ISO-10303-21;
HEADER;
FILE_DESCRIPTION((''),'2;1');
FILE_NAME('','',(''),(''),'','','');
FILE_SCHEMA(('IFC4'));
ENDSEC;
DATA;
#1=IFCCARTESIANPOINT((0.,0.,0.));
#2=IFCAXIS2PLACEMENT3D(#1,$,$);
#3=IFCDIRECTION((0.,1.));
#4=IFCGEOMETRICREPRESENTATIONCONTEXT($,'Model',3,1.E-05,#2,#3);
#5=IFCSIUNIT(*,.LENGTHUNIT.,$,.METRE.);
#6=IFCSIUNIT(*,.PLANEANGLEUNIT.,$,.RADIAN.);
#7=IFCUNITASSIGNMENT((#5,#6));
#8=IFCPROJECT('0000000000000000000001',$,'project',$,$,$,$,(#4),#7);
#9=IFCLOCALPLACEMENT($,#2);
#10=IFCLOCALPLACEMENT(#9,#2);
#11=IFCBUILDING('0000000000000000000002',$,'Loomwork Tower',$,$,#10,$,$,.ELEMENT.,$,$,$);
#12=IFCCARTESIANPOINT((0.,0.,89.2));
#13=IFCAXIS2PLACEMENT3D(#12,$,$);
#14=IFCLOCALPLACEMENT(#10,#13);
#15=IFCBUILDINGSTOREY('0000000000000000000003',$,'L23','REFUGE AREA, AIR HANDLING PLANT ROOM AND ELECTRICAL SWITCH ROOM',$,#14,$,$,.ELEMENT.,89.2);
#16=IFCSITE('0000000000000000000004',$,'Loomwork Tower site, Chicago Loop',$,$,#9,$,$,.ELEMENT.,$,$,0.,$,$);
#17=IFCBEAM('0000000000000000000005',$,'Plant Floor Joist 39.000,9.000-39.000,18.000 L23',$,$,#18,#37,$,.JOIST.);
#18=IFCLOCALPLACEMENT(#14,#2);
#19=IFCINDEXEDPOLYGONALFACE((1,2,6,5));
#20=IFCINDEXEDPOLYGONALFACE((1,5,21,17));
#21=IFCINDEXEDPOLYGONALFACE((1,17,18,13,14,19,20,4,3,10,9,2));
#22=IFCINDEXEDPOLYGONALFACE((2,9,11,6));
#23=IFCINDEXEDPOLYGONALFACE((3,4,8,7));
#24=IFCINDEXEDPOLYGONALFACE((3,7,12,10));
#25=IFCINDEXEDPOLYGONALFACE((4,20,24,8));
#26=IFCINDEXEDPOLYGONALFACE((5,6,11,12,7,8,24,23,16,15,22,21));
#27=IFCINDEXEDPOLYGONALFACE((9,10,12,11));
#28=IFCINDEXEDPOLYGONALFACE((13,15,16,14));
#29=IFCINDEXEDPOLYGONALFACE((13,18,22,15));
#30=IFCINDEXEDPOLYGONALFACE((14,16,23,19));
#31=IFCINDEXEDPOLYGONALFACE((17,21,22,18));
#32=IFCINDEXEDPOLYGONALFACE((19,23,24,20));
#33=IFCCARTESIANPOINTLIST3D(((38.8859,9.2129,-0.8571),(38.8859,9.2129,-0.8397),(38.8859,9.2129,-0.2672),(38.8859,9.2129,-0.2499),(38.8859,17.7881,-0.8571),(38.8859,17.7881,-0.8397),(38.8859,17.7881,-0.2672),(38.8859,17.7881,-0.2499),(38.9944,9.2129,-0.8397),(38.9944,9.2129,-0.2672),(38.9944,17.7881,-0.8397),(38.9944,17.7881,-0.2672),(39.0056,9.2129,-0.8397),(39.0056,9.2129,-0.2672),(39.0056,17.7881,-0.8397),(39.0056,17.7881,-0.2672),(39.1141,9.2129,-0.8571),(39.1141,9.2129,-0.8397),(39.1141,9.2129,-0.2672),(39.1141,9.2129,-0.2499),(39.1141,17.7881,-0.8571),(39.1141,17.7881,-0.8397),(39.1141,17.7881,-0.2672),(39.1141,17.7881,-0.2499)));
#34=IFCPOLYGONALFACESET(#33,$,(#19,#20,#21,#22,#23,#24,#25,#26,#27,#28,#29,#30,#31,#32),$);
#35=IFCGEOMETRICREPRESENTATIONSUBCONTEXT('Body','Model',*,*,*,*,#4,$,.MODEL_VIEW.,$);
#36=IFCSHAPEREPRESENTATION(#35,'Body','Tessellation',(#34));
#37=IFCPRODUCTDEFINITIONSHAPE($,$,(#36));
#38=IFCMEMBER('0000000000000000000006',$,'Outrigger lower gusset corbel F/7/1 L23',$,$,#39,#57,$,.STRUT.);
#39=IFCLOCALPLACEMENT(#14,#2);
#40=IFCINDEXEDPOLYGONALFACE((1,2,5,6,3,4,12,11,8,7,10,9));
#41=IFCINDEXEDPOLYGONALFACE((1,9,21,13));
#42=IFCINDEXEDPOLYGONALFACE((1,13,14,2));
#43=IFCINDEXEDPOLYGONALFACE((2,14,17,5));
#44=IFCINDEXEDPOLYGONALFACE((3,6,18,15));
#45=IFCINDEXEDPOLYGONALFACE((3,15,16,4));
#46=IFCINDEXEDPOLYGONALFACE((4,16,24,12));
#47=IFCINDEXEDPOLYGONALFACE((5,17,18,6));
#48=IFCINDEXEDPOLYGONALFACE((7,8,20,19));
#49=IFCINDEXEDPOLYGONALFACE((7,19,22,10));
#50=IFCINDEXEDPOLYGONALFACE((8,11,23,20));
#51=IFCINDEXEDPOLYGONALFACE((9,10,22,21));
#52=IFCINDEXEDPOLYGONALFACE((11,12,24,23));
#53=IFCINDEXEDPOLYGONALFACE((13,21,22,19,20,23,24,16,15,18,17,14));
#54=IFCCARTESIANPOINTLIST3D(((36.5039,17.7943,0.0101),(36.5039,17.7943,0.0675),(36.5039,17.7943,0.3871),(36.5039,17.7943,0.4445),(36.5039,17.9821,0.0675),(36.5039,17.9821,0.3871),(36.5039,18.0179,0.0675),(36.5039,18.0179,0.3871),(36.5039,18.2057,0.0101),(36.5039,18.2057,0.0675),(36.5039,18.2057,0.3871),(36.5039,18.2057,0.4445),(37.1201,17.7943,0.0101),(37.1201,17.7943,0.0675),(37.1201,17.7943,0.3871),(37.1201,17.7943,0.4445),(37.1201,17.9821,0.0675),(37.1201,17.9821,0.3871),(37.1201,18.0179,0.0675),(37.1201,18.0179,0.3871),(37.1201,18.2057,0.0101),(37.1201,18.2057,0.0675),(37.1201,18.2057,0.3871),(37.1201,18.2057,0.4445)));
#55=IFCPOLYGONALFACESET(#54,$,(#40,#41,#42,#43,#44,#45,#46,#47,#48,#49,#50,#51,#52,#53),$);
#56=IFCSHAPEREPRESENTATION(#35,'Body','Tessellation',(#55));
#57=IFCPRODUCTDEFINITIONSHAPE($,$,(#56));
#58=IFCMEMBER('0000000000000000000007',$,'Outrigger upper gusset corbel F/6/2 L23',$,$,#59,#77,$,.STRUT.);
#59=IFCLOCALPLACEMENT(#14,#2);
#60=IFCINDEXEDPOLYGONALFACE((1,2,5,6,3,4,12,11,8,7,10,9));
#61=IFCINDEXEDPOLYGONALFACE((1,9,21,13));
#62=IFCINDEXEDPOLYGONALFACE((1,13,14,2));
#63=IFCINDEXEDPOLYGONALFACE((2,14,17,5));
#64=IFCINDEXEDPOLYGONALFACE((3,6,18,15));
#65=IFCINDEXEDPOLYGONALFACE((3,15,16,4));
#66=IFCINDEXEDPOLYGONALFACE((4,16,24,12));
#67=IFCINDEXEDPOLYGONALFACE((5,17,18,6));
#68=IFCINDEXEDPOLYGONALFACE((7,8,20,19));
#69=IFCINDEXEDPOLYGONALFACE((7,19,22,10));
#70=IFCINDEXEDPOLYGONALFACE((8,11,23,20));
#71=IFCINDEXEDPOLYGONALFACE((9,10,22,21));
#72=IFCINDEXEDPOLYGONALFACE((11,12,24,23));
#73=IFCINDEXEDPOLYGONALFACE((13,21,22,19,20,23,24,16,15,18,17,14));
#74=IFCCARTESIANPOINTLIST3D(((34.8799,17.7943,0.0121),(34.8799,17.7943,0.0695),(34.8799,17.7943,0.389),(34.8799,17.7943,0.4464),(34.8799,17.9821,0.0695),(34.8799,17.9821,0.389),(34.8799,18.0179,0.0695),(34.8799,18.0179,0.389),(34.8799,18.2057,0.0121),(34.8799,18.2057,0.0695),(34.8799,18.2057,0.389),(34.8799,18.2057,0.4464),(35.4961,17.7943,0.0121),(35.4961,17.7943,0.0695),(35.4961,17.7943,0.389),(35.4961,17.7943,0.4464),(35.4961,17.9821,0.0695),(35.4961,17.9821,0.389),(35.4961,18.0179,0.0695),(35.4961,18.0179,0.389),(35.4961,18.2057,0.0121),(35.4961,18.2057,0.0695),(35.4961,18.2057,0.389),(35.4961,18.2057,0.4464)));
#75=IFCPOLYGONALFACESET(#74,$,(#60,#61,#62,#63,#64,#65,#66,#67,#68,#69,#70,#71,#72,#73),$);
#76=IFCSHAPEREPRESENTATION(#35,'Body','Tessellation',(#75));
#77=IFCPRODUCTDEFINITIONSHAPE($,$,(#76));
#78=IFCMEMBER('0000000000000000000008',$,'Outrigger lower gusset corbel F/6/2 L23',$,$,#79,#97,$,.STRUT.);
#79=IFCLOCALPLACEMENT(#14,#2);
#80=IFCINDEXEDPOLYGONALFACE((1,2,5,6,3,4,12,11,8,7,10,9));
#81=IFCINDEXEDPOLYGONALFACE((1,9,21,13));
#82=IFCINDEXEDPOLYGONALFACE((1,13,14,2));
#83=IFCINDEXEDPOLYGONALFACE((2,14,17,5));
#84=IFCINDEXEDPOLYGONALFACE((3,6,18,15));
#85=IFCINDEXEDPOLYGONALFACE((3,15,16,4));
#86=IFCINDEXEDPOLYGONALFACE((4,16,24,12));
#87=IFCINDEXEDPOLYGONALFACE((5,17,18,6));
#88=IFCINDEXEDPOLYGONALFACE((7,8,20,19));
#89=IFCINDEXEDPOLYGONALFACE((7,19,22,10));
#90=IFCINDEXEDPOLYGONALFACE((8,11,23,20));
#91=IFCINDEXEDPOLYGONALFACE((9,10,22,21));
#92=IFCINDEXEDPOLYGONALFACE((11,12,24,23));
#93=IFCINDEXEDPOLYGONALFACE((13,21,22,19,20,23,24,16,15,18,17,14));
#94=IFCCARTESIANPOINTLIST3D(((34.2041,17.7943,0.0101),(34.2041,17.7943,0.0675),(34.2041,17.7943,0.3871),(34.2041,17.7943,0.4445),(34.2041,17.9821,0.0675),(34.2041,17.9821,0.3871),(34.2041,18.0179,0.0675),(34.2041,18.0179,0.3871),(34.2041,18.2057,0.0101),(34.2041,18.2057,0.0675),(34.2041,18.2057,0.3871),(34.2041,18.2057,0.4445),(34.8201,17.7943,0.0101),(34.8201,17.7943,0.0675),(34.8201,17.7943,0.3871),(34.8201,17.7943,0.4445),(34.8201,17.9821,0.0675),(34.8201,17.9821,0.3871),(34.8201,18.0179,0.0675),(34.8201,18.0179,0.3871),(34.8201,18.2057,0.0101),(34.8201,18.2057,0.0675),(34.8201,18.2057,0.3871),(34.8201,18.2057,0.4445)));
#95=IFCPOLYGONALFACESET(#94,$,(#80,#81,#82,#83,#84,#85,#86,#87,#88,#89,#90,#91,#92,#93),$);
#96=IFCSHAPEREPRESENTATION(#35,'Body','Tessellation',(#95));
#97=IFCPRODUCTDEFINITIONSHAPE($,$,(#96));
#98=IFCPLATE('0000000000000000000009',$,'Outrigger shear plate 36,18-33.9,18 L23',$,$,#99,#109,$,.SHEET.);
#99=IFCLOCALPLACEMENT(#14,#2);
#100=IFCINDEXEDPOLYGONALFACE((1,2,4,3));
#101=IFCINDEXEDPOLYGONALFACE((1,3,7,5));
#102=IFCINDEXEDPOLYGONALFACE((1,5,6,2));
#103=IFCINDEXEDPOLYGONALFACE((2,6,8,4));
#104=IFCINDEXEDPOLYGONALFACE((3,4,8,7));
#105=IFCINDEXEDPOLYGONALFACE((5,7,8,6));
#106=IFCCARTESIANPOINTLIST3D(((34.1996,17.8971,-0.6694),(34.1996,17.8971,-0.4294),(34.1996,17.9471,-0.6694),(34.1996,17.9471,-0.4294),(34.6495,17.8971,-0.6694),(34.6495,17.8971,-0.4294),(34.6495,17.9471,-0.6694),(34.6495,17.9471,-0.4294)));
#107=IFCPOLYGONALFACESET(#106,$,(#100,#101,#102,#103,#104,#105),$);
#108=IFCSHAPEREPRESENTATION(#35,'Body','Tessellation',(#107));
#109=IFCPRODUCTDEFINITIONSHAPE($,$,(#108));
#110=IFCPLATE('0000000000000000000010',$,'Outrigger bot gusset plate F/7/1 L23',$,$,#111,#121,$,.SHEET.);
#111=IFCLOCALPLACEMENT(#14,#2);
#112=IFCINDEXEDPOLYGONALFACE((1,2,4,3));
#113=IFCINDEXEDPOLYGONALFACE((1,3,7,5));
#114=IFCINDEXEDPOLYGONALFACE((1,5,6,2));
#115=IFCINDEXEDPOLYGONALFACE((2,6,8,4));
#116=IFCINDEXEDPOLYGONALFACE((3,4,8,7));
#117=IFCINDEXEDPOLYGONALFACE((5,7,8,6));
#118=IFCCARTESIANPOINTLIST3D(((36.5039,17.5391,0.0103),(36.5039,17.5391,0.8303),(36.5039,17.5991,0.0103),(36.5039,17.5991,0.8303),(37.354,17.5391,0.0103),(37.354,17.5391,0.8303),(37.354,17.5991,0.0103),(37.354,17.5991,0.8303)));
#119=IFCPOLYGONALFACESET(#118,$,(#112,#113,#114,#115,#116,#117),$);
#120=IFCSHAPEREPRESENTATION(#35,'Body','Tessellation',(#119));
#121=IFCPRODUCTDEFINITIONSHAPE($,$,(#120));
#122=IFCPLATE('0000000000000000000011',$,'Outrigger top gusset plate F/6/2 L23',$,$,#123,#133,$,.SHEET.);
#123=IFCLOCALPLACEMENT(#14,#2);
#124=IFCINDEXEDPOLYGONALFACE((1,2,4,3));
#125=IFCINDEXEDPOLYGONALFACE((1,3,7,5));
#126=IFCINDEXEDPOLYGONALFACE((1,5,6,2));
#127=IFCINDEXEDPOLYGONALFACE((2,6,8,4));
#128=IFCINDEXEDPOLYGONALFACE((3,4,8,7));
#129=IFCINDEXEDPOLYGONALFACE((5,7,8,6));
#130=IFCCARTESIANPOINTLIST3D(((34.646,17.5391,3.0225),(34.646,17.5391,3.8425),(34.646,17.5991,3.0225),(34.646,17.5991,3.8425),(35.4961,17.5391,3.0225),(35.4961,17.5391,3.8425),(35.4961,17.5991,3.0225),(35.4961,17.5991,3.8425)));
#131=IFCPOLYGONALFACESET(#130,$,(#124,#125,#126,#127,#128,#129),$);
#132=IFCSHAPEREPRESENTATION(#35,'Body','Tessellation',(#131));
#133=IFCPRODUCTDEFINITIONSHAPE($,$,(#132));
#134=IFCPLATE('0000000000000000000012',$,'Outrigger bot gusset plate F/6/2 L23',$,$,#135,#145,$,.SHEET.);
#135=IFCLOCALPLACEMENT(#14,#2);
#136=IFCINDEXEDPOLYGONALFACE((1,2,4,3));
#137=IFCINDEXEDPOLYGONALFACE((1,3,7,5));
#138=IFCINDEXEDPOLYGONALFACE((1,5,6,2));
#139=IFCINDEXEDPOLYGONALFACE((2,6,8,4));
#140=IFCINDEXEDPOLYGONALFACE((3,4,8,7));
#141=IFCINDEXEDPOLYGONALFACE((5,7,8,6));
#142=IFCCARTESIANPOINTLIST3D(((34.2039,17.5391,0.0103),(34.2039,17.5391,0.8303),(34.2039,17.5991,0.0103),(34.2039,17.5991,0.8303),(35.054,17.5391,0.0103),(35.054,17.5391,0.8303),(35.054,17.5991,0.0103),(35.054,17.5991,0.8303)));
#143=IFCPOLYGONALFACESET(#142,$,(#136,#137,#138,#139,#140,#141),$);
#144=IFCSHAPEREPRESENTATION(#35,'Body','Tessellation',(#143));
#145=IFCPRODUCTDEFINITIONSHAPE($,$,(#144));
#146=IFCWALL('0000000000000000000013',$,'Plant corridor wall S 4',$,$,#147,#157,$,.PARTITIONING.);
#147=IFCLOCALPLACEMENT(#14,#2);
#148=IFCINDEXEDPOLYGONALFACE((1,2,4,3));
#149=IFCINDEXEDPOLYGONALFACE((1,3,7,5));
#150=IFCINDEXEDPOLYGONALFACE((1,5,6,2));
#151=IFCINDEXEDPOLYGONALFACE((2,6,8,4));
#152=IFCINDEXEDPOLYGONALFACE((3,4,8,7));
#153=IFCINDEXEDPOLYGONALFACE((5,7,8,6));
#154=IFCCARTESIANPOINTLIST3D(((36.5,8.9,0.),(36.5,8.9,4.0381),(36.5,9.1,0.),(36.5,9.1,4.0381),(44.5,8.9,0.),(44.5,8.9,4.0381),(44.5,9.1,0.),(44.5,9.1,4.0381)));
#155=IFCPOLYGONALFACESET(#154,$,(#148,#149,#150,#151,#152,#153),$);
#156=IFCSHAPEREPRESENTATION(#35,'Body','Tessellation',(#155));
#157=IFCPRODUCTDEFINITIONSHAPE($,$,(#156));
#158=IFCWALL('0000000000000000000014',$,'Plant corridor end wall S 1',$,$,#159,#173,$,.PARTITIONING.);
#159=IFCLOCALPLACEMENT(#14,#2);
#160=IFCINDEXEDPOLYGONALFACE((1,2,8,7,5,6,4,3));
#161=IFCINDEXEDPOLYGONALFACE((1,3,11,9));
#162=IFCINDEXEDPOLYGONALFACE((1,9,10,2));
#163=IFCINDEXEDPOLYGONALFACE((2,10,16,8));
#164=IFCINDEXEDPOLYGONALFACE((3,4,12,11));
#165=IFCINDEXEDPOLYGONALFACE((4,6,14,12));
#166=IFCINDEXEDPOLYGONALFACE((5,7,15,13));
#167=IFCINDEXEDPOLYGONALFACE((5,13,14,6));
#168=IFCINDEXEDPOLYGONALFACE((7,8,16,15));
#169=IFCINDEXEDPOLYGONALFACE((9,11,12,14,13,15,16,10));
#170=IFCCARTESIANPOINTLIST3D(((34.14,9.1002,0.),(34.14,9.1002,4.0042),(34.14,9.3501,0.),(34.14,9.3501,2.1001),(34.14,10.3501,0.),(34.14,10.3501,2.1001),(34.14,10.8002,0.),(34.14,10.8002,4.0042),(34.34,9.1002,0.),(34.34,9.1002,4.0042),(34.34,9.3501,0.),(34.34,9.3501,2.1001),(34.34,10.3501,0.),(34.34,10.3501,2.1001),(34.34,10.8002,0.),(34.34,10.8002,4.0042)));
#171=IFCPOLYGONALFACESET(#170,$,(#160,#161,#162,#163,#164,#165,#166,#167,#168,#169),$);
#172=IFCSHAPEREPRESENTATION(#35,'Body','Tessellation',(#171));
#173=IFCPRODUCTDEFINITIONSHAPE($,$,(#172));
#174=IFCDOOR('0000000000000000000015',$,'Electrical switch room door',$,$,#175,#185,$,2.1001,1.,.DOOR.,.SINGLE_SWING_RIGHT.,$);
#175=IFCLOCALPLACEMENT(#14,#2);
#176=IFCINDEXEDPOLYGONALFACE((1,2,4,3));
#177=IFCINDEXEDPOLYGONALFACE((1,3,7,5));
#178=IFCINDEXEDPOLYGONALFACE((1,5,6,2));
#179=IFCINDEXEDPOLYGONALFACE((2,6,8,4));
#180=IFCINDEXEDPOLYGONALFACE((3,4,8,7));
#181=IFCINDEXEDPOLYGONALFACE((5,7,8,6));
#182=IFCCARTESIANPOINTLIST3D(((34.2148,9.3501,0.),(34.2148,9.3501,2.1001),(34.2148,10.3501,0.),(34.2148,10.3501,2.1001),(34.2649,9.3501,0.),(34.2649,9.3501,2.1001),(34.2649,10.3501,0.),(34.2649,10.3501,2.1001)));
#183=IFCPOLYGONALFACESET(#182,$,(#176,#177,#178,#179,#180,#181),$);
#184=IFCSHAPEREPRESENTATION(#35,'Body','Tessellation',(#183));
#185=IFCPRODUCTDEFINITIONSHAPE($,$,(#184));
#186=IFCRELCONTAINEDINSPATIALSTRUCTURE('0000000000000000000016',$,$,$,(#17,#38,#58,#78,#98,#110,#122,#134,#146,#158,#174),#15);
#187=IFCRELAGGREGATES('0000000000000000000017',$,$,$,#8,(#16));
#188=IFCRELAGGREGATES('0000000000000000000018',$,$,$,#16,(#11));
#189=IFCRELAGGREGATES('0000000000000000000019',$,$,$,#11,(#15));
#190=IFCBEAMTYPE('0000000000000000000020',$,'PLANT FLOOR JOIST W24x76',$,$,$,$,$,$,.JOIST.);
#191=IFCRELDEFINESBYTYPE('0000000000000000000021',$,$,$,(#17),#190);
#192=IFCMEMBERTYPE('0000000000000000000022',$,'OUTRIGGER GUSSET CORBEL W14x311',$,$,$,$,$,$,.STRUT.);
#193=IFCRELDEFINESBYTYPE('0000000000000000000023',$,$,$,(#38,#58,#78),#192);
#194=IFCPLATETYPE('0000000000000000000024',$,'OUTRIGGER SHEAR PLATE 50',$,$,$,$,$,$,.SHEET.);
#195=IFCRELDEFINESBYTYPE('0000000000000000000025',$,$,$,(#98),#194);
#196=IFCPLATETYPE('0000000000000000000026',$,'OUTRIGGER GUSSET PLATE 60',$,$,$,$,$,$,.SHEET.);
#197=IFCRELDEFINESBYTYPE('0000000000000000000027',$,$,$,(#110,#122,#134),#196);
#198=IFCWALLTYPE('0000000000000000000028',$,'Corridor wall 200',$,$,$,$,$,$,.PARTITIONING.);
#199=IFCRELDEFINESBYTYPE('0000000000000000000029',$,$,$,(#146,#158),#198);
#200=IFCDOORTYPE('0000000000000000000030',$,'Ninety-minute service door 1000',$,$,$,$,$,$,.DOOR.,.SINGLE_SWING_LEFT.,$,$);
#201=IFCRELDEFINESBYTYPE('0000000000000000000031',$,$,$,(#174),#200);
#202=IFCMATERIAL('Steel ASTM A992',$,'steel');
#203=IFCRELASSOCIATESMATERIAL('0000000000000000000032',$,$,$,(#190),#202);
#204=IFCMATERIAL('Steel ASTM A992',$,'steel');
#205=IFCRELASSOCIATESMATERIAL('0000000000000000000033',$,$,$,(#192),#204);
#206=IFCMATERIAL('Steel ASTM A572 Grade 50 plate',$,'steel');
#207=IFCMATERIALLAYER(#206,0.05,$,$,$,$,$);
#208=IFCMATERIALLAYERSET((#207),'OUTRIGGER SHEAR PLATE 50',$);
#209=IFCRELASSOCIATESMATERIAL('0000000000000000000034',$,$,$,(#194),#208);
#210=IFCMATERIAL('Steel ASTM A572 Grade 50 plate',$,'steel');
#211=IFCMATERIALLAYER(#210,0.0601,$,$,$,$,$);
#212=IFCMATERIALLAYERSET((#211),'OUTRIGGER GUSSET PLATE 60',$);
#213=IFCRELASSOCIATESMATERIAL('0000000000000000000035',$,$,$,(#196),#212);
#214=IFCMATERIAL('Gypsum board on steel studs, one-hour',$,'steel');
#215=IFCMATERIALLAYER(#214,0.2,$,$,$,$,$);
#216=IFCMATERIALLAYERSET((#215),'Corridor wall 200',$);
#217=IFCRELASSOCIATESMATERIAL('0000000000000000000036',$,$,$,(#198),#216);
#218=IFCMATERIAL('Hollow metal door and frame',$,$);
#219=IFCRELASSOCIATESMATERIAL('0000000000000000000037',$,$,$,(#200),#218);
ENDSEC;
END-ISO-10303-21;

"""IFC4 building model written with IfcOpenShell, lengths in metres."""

from ifc_helpers import new_model, si_unit, direction, frame, frame_2d, origin, origin_2d, place, context, subcontext, project, spatial, rectangle, i_section, extrude, material, layer, layer_set, material_profile, profile_set, type_object, element, fill, save


model = new_model("IFC4")

# Units and contexts
model_context = context("Model", 3, precision=1e-05, world=origin(), true_north=direction((0.0, 1.0)))
body_context = subcontext(model_context, "Body", "Model", "MODEL_VIEW")
ifc_project = project(units=[si_unit("LENGTHUNIT", "METRE"), si_unit("PLANEANGLEUNIT", "RADIAN")], contexts=[model_context])

# Site, building, storey
site_placement = place(None, origin())
site = spatial("IfcSite", under=ifc_project, at=site_placement, Name="Loomwork Tower site, Chicago Loop", CompositionType="ELEMENT", RefElevation=0.0)
building_placement = place(site_placement, origin())
building = spatial("IfcBuilding", under=site, at=building_placement, Name="Loomwork Tower", CompositionType="ELEMENT")
storey_placement = place(building_placement, frame((0.0, 0.0, 89.2)))
storey = spatial("IfcBuildingStorey", under=building, at=storey_placement, Name="L23", Description="REFUGE AREA, AIR HANDLING PLANT ROOM AND ELECTRICAL SWITCH ROOM", CompositionType="ELEMENT", Elevation=89.2)

# Beam
ifc_material_1 = material(Name="Steel ASTM A992", Category="steel")
ifc_material_profile_1 = material_profile(ifc_material_1, i_section(OverallWidth=0.2283, OverallDepth=0.6072, WebThickness=0.0112, FlangeThickness=0.0173, at=origin_2d()), Name="W24x76")
ifc_profile_set_1 = profile_set([ifc_material_profile_1], Name="Steel ASTM A992")
beam_type_1 = type_object("IfcBeamType", Name="PLANT FLOOR JOIST W24x76", PredefinedType="JOIST", material=ifc_profile_set_1)
beam_1_placement = place(storey_placement, frame((39.0, 9.2129, -0.5535), z_axis=(0.0, 1.0, 0.0), x_axis=(-1.0, 0.0, 0.0)))
element("IfcBeam", 1, at=beam_1_placement, inside=storey, type_object=beam_type_1, Name="Plant Floor Joist 39.000,9.000-39.000,18.000 L23", PredefinedType="JOIST", context=body_context, shape_type="SweptSolid", body=[
    extrude(i_section(OverallWidth=0.2283, OverallDepth=0.6072, WebThickness=0.0112, FlangeThickness=0.0173, at=origin_2d()), origin(), (0.0, 0.0, 1.0), 8.5752),
])

# Members
ifc_material_2 = material(Name="Steel ASTM A992", Category="steel")
ifc_material_profile_2 = material_profile(ifc_material_2, i_section(OverallWidth=0.4114, OverallDepth=0.4343, WebThickness=0.0359, FlangeThickness=0.0574, at=origin_2d()), Name="W14x311")
ifc_profile_set_2 = profile_set([ifc_material_profile_2], Name="Steel ASTM A992")
member_type_1 = type_object("IfcMemberType", Name="OUTRIGGER GUSSET CORBEL W14x311", PredefinedType="STRUT", material=ifc_profile_set_2)
for number, where, z_axis, x_axis, name in (
    (2, (36.5039, 18.0, 0.2273), (1.0, 0.0, 0.0), (0.0, 1.0, 0.0), "Outrigger lower gusset corbel F/7/1 L23"),
    (3, (35.4961, 18.0, 0.2292), (-1.0, 0.0, 0.0), (0.0, -1.0, 0.0), "Outrigger upper gusset corbel F/6/2 L23"),
):
    element("IfcMember", number, at=place(storey_placement, frame(where, z_axis=z_axis, x_axis=x_axis)), inside=storey, type_object=member_type_1, Name=name, PredefinedType="STRUT", context=body_context, shape_type="SweptSolid", body=[
        extrude(i_section(OverallWidth=0.4114, OverallDepth=0.4343, WebThickness=0.0359, FlangeThickness=0.0574, at=origin_2d()), origin(), (0.0, 0.0, 1.0), 0.6162),
    ])
member_1_placement = place(storey_placement, frame((34.2041, 18.0, 0.2273), z_axis=(1.0, 0.0, 0.0), x_axis=(0.0, 1.0, 0.0)))
element("IfcMember", 4, at=member_1_placement, inside=storey, type_object=member_type_1, Name="Outrigger lower gusset corbel F/6/2 L23", PredefinedType="STRUT", context=body_context, shape_type="SweptSolid", body=[
    extrude(i_section(OverallWidth=0.4114, OverallDepth=0.4343, WebThickness=0.0359, FlangeThickness=0.0574, at=origin_2d()), origin(), (0.0, 0.0, 1.0), 0.616),
])

# Plates
ifc_material_3 = material(Name="Steel ASTM A572 Grade 50 plate", Category="steel")
ifc_layer_1 = layer(ifc_material_3, 0.05)
ifc_layer_set_1 = layer_set([ifc_layer_1], Name="OUTRIGGER SHEAR PLATE 50")
plate_type_1 = type_object("IfcPlateType", Name="OUTRIGGER SHEAR PLATE 50", PredefinedType="SHEET", material=ifc_layer_set_1)
plate_placement = place(storey_placement, frame((34.4246, 17.9221, -0.6694), z_axis=(0.0, 0.0, 1.0), x_axis=(1.0, 0.0, 0.0)))
element("IfcPlate", 5, at=plate_placement, inside=storey, type_object=plate_type_1, Name="Outrigger shear plate 36,18-33.9,18 L23", PredefinedType="SHEET", context=body_context, shape_type="SweptSolid", body=[
    extrude(rectangle(XDim=0.45, YDim=0.05, at=origin_2d()), origin(), (0.0, 0.0, 1.0), 0.24),
])
ifc_material_4 = material(Name="Steel ASTM A572 Grade 50 plate", Category="steel")
ifc_layer_2 = layer(ifc_material_4, 0.0601)
ifc_layer_set_2 = layer_set([ifc_layer_2], Name="OUTRIGGER GUSSET PLATE 60")
plate_type_2 = type_object("IfcPlateType", Name="OUTRIGGER GUSSET PLATE 60", PredefinedType="SHEET", material=ifc_layer_set_2)
for number, where, z_axis, x_axis, name in (
    (6, (36.929, 17.5691, 0.0103), (0.0, 0.0, 1.0), (1.0, 0.0, 0.0), "Outrigger bot gusset plate F/7/1 L23"),
    (7, (35.071, 17.5691, 3.0225), (0.0, 0.0, 1.0), (1.0, 0.0, 0.0), "Outrigger top gusset plate F/6/2 L23"),
    (8, (34.6289, 17.5691, 0.0103), (0.0, 0.0, 1.0), (1.0, 0.0, 0.0), "Outrigger bot gusset plate F/6/2 L23"),
):
    element("IfcPlate", number, at=place(storey_placement, frame(where, z_axis=z_axis, x_axis=x_axis)), inside=storey, type_object=plate_type_2, Name=name, PredefinedType="SHEET", context=body_context, shape_type="SweptSolid", body=[
        extrude(rectangle(XDim=0.8501, YDim=0.0601, at=origin_2d()), origin(), (0.0, 0.0, 1.0), 0.8201),
    ])

# Wall
ifc_material_5 = material(Name="Gypsum board on steel studs, one-hour", Category="steel")
ifc_layer_3 = layer(ifc_material_5, 0.2)
ifc_layer_set_3 = layer_set([ifc_layer_3], Name="Corridor wall 200")
wall_type = type_object("IfcWallType", Name="Corridor wall 200", PredefinedType="PARTITIONING", material=ifc_layer_set_3)
wall_1_placement = place(storey_placement, frame((36.5, 9.0, 0.0), z_axis=(0.0, 0.0, 1.0), x_axis=(1.0, 0.0, 0.0)))
element("IfcWall", 9, at=wall_1_placement, inside=storey, type_object=wall_type, Name="Plant corridor wall S 4", PredefinedType="PARTITIONING", context=body_context, shape_type="SweptSolid", body=[
    extrude(rectangle(XDim=8.0, YDim=0.2, at=frame_2d((4.0, 0.0))), origin(), (0.0, 0.0, 1.0), 4.0381),
])

# Wall, opening, door
wall_2_placement = place(storey_placement, frame((34.24, 9.1001, 0.0), z_axis=(0.0, 0.0, 1.0), x_axis=(0.0, 1.0, 0.0)))
wall_2 = element("IfcWall", 10, at=wall_2_placement, inside=storey, type_object=wall_type, Name="Plant corridor end wall S 1", PredefinedType="PARTITIONING", context=body_context, shape_type="SweptSolid", body=[
    extrude(rectangle(XDim=1.7, YDim=0.2, at=frame_2d((0.8501, 0.0))), origin(), (0.0, 0.0, 1.0), 4.0042),
])
opening_placement = place(wall_2_placement, frame((0.25, 0.0, 0.0)))
opening = element("IfcOpeningElement", 11, at=opening_placement, cuts=wall_2, PredefinedType="OPENING", context=body_context, shape_type="SweptSolid", body=[
    extrude(rectangle(XDim=1.0, YDim=2.1001, at=frame_2d((0.5, 1.05))), frame((0.0, 0.1099, 0.0), z_axis=(0.0, -1.0, 0.0), x_axis=(1.0, 0.0, 0.0)), (0.0, 0.0, 1.0), 0.22),
])
ifc_material_6 = material(Name="Hollow metal door and frame")
door_type = type_object("IfcDoorType", Name="Ninety-minute service door 1000", OperationType="SINGLE_SWING_LEFT", PredefinedType="DOOR", material=ifc_material_6)
door_placement = place(opening_placement, frame((1.0, 0.0, 0.0), z_axis=(0.0, 0.0, 1.0), x_axis=(-1.0, 0.0, 0.0)))
door = element("IfcDoor", 12, at=door_placement, inside=storey, type_object=door_type, Name="Electrical switch room door", OperationType="SINGLE_SWING_RIGHT", OverallHeight=2.1001, OverallWidth=1.0, PredefinedType="DOOR", context=body_context, shape_type="SweptSolid", body=[
    extrude(rectangle(XDim=1.0, YDim=2.1001, at=frame_2d((0.5, 1.05))), frame((0.0, 0.0249, 0.0), z_axis=(0.0, -1.0, 0.0), x_axis=(1.0, 0.0, 0.0)), (0.0, 0.0, 1.0), 0.05),
])
fill(opening, door)

save(model, "model.ifc")
